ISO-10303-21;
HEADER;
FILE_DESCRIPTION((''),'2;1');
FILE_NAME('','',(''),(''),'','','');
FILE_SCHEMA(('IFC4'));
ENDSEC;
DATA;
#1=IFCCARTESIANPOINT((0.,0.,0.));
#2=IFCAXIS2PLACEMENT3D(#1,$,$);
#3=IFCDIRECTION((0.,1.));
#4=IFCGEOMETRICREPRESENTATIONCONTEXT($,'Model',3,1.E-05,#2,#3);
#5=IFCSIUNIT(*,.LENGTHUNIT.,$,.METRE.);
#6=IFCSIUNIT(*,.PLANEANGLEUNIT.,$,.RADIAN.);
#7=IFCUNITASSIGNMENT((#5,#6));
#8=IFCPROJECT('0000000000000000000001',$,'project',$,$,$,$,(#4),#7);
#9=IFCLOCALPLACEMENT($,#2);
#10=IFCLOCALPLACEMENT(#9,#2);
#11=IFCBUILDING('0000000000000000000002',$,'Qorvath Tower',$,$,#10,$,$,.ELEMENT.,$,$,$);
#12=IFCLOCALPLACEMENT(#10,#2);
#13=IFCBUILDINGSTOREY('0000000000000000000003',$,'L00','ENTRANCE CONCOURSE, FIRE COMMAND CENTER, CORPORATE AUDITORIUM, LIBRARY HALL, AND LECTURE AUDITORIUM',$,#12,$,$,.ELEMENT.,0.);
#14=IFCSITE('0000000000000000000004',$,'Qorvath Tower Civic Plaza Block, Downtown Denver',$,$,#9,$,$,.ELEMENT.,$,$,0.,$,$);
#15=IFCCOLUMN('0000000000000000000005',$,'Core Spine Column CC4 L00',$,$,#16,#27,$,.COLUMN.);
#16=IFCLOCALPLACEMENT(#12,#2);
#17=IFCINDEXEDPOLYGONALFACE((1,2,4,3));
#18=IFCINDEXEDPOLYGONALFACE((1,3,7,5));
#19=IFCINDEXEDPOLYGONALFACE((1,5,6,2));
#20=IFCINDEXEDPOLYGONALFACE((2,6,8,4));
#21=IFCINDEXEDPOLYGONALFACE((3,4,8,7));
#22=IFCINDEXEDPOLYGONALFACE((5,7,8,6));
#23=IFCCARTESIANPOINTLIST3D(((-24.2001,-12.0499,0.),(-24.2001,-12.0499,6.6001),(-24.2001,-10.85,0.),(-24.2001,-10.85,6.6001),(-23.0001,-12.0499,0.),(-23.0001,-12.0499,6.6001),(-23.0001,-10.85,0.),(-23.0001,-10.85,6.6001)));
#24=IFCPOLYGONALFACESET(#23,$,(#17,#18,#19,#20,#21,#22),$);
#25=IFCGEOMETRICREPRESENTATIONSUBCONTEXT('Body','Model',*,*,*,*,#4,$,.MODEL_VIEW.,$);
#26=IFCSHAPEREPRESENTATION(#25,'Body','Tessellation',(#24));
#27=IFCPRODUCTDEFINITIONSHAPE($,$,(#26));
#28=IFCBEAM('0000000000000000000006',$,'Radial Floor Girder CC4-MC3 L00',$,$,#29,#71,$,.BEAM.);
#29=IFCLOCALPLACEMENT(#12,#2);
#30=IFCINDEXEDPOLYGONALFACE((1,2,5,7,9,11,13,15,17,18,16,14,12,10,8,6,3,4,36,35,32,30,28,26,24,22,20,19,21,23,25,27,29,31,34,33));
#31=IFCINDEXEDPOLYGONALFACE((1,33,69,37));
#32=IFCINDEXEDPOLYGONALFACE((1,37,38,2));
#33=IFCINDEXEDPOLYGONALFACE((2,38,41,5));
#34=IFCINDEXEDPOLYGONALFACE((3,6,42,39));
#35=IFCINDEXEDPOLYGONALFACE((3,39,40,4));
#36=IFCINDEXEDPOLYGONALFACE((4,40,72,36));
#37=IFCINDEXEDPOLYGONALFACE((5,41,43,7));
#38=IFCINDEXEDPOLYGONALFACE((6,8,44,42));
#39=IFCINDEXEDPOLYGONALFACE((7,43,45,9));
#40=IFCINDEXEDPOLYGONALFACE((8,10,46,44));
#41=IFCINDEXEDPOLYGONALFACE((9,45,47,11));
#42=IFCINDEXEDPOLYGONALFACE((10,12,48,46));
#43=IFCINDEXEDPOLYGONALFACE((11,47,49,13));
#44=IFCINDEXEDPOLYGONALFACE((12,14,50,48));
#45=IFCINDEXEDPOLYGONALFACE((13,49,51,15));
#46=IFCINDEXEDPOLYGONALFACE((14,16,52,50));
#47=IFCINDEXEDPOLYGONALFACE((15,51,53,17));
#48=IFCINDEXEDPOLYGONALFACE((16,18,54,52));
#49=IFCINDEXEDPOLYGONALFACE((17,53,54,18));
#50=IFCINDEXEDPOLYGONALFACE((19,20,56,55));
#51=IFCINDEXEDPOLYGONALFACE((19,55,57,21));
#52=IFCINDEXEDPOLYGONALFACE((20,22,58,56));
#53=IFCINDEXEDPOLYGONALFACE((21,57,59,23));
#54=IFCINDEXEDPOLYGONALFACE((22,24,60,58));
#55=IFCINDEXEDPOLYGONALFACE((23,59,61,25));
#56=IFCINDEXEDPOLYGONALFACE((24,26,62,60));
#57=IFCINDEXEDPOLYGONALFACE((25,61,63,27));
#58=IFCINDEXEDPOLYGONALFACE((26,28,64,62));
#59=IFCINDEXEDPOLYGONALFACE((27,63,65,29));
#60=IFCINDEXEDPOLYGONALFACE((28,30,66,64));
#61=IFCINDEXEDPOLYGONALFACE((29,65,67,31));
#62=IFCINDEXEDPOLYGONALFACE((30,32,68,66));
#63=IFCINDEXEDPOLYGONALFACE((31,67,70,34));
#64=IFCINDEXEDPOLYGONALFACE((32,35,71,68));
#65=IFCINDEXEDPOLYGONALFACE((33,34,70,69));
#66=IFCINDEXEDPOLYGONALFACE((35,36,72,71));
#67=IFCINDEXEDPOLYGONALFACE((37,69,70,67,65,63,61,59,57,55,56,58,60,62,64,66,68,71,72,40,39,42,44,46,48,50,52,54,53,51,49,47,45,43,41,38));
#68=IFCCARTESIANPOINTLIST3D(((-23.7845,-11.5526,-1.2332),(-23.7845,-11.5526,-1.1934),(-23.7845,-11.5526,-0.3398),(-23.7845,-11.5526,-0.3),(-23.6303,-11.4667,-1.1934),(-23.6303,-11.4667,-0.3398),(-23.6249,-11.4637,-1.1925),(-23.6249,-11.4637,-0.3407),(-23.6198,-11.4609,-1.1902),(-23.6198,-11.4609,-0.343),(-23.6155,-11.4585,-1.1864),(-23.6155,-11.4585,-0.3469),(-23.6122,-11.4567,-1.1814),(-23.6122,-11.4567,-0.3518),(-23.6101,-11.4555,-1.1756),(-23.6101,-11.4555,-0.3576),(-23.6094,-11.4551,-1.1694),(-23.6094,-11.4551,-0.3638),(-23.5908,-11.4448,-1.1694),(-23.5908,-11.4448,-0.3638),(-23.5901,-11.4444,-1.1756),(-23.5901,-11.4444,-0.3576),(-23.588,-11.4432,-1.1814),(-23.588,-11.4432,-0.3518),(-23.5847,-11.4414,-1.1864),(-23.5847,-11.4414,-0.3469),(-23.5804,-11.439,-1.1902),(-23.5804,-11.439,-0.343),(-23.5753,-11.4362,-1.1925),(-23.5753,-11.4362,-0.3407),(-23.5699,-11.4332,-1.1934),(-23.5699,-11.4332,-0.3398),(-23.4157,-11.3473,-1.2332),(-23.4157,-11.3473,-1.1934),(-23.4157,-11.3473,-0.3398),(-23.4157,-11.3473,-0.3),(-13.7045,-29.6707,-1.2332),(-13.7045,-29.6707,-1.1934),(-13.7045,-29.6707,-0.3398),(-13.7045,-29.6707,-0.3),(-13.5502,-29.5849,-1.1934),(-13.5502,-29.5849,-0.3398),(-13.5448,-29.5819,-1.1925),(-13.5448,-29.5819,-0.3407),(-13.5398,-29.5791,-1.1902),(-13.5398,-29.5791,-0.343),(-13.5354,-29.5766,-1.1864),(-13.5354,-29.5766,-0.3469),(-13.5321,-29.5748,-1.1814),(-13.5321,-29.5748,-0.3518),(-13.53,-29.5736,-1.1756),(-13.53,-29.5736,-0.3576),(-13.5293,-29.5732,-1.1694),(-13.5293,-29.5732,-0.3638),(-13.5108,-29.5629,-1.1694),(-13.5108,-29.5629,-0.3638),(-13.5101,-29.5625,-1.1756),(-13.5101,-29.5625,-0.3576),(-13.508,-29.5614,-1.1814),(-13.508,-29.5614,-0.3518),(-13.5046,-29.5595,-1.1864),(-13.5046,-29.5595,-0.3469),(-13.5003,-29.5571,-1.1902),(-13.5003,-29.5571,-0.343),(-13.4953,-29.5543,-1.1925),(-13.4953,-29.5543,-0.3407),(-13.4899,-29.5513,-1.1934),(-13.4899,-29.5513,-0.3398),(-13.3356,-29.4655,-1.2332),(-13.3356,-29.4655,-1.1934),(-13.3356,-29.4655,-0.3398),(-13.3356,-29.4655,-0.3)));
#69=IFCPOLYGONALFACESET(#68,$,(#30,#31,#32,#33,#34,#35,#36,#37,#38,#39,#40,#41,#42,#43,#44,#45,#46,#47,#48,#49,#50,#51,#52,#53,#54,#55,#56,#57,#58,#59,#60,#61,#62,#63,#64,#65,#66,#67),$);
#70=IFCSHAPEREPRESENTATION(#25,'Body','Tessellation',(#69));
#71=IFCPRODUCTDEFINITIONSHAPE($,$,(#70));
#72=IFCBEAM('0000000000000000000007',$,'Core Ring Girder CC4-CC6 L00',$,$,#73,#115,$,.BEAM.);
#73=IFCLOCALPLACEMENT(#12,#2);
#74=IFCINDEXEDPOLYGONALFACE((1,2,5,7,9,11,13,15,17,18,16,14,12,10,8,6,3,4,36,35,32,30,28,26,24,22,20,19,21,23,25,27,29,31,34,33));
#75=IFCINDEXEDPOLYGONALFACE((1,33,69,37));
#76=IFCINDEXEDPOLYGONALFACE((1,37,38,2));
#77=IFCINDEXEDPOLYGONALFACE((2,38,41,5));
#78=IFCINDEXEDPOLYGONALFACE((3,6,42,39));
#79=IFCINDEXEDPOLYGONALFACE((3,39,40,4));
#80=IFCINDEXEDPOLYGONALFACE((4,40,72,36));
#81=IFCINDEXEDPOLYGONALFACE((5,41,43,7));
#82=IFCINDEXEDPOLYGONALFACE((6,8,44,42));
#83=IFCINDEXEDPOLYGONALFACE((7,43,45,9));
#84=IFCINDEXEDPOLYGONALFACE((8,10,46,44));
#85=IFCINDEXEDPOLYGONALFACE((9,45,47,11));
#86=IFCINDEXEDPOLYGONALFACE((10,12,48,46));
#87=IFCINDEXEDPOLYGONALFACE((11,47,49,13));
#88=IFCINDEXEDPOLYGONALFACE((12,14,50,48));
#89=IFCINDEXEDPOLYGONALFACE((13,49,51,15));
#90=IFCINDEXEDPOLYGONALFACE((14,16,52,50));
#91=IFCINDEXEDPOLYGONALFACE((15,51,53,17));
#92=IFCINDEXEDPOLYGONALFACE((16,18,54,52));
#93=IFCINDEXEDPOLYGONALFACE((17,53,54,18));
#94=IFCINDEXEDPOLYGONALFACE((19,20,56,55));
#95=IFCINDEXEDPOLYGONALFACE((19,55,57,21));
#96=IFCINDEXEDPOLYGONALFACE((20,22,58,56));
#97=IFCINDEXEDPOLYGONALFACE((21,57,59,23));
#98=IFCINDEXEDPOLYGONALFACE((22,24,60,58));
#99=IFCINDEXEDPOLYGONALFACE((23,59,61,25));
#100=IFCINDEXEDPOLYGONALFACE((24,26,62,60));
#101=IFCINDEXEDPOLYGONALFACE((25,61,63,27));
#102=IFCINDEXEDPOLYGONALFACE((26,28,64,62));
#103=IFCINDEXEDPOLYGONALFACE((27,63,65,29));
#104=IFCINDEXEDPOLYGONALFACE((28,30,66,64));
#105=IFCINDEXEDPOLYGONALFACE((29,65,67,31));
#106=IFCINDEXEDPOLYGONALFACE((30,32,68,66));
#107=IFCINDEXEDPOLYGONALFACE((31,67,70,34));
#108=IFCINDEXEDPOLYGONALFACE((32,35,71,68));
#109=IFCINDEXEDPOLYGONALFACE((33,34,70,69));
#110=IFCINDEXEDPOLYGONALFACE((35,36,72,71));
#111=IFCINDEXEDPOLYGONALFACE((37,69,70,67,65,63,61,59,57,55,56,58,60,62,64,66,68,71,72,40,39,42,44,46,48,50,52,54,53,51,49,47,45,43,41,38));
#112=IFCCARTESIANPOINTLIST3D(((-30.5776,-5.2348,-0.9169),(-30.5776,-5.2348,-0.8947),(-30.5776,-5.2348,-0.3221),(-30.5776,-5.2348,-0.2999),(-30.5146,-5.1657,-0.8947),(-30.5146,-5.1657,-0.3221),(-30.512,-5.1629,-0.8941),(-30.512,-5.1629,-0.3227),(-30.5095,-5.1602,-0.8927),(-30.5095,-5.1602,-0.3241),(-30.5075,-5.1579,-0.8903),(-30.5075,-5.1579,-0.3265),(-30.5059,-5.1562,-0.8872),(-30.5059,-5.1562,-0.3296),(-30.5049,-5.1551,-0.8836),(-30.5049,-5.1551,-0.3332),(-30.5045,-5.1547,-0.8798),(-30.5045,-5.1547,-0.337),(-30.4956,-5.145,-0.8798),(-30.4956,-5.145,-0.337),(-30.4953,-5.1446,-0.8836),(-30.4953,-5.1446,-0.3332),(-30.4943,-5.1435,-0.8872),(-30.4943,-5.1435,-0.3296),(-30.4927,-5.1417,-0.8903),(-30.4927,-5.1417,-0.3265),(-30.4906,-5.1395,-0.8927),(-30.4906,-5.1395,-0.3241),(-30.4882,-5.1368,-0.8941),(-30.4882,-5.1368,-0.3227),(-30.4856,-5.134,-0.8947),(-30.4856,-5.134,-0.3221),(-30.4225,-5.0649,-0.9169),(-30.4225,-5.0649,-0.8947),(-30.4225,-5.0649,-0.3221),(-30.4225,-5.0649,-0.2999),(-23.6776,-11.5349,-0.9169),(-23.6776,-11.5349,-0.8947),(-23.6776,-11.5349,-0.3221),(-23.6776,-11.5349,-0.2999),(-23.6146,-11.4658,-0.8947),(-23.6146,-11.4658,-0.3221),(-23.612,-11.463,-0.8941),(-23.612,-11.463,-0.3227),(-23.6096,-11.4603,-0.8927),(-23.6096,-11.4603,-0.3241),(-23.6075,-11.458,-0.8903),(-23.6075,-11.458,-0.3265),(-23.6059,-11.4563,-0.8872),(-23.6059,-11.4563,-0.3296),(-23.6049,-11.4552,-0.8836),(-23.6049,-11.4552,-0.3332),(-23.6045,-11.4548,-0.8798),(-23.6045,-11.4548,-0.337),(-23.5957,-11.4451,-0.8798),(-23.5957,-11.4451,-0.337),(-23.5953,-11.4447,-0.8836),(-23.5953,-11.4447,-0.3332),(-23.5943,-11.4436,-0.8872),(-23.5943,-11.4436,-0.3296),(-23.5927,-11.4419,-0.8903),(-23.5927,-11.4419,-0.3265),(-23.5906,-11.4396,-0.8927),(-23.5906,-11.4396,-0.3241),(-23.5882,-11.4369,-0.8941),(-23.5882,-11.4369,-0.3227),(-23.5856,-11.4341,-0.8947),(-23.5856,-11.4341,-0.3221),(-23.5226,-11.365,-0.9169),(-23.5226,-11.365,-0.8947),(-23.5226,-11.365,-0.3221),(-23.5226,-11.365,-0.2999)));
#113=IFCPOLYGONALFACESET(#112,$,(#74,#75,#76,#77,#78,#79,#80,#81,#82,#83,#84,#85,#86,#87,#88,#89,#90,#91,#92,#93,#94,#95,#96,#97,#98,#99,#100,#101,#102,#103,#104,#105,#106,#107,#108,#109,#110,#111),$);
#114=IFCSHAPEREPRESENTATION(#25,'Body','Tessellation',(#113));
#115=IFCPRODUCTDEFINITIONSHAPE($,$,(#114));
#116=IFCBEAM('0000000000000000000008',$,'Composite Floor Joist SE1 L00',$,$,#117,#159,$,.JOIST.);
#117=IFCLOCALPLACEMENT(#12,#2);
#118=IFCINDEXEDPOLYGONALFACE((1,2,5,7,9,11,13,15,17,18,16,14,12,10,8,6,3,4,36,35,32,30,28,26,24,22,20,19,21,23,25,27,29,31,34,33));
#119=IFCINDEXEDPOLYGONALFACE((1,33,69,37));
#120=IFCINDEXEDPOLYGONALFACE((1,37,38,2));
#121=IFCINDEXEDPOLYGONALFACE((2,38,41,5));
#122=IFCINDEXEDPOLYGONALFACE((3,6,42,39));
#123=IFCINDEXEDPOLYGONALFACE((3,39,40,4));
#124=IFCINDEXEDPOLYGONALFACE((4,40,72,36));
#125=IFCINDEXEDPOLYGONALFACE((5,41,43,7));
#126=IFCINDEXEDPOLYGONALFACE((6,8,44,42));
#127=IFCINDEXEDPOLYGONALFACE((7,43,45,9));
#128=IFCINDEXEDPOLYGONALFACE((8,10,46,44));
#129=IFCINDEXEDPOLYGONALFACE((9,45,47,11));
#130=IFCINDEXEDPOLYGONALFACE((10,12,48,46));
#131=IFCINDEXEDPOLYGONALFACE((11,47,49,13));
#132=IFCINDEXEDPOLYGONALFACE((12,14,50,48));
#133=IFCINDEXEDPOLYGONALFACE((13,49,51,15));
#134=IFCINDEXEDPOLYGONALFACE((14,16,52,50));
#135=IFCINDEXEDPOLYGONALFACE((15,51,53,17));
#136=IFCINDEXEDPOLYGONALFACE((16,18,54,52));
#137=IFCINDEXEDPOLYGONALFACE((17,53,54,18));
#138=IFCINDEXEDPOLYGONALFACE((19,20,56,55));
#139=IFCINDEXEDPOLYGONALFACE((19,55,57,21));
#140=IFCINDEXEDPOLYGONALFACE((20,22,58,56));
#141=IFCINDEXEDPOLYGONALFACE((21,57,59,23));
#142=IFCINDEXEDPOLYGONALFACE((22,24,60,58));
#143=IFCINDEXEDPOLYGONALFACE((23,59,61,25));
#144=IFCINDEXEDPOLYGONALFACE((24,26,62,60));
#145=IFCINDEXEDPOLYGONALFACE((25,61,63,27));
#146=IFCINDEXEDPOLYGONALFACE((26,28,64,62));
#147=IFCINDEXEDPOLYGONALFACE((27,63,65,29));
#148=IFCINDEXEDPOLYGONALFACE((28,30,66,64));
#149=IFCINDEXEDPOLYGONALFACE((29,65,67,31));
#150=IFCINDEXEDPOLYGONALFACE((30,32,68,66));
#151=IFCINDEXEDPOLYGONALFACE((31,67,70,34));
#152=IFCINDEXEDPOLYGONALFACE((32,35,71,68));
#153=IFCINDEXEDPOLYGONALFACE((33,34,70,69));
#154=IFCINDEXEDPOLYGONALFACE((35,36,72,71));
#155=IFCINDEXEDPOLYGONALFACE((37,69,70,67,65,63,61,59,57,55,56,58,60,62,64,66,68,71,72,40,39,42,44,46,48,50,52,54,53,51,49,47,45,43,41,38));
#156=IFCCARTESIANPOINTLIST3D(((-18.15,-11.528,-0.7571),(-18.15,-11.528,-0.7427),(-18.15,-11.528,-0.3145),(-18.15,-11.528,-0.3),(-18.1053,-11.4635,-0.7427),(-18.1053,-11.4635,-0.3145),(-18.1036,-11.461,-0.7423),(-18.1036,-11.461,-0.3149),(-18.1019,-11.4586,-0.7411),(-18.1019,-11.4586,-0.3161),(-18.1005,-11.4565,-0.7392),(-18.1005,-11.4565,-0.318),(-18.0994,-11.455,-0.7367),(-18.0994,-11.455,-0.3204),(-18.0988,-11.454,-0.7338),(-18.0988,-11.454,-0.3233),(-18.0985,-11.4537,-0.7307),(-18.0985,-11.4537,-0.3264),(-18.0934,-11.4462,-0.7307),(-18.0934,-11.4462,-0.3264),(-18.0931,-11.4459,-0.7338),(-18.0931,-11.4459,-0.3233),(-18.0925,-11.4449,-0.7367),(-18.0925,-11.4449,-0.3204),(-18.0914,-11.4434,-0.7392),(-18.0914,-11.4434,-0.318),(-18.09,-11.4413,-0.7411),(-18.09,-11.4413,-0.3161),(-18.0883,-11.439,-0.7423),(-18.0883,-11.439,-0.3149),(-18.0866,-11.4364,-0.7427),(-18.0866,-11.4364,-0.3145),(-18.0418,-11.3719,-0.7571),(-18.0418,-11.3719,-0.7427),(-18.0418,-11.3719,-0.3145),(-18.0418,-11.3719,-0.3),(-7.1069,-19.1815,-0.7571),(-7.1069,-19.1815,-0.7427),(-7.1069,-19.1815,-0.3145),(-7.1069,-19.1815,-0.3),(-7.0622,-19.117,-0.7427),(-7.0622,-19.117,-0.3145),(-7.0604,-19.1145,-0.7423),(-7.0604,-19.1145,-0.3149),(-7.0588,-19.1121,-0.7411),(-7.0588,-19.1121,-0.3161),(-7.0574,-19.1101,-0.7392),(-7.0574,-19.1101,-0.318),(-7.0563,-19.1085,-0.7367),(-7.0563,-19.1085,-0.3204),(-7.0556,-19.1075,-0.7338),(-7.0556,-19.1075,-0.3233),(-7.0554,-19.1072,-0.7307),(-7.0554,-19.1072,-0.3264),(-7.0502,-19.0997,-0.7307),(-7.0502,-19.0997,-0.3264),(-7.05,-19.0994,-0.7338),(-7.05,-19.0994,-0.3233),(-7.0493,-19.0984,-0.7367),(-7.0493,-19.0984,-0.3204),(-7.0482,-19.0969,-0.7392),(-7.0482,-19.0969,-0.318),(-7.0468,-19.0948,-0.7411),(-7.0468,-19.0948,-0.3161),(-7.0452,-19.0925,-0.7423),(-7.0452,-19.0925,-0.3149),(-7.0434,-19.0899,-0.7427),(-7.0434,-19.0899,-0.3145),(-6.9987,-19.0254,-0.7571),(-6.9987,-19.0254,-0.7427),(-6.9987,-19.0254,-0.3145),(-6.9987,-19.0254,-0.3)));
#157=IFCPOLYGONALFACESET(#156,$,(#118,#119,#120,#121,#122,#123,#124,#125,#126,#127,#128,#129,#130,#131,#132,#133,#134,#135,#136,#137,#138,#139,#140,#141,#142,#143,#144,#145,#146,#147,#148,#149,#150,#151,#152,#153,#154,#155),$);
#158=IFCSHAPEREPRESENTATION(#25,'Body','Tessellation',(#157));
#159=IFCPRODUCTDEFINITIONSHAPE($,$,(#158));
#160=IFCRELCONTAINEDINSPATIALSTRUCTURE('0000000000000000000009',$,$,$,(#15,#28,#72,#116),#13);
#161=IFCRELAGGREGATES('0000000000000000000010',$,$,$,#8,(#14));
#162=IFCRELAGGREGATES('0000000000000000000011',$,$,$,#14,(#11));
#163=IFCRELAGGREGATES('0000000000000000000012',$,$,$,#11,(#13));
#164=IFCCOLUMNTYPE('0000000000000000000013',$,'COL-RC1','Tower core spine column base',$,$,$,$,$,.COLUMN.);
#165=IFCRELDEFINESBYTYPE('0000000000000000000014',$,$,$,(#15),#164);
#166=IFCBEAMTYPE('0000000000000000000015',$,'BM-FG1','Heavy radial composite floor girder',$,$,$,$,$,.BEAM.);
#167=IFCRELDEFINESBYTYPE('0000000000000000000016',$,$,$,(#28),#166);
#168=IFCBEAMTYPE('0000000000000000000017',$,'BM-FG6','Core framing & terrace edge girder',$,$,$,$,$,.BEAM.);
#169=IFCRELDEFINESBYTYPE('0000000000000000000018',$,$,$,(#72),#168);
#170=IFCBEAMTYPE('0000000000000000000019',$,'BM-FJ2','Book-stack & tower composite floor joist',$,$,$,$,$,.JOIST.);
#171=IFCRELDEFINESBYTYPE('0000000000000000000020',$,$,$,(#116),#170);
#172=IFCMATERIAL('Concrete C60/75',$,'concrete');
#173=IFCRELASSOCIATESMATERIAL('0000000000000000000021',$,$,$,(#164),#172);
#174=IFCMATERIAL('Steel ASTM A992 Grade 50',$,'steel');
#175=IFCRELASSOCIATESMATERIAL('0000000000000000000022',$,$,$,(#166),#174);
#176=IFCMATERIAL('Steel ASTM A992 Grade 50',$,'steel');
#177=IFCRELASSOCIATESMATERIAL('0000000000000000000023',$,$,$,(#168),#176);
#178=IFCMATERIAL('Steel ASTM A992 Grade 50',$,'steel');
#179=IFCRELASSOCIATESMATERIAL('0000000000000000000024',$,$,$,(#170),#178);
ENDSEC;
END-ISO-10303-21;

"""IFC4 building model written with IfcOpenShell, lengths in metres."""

from ifc_helpers import new_model, si_unit, direction, frame, origin, origin_2d, place, context, subcontext, project, spatial, rectangle, i_section, extrude, material, material_profile, profile_set, type_object, element, save


model = new_model("IFC4")

# Units and contexts
model_context = context("Model", 3, precision=1e-05, world=origin(), true_north=direction((0.0, 1.0)))
body_context = subcontext(model_context, "Body", "Model", "MODEL_VIEW")
ifc_project = project(units=[si_unit("LENGTHUNIT", "METRE"), si_unit("PLANEANGLEUNIT", "RADIAN")], contexts=[model_context])

# Site, building, storey
site_placement = place(None, origin())
site = spatial("IfcSite", under=ifc_project, at=site_placement, Name="Qorvath Tower Civic Plaza Block, Downtown Denver", CompositionType="ELEMENT", RefElevation=0.0)
building_placement = place(site_placement, origin())
building = spatial("IfcBuilding", under=site, at=building_placement, Name="Qorvath Tower", CompositionType="ELEMENT")
storey_placement = place(building_placement, origin())
storey = spatial("IfcBuildingStorey", under=building, at=storey_placement, Name="L00", Description="ENTRANCE CONCOURSE, FIRE COMMAND CENTER, CORPORATE AUDITORIUM, LIBRARY HALL, AND LECTURE AUDITORIUM", CompositionType="ELEMENT", Elevation=0.0)

# Column
ifc_material_1 = material(Name="Concrete C60/75", Category="concrete")
ifc_material_profile_1 = material_profile(ifc_material_1, rectangle(XDim=1.2, YDim=1.2, at=origin_2d()), Name="RC 1200x1200")
ifc_profile_set_1 = profile_set([ifc_material_profile_1], Name="Concrete C60/75")
column_type = type_object("IfcColumnType", Name="COL-RC1", Description="Tower core spine column base", PredefinedType="COLUMN", material=ifc_profile_set_1)
column_placement = place(storey_placement, frame((-23.6001, -11.45, 0.0), z_axis=(0.0, 0.0, 1.0), x_axis=(1.0, 0.0, 0.0)))
element("IfcColumn", 1, at=column_placement, inside=storey, type_object=column_type, Name="Core Spine Column CC4 L00", PredefinedType="COLUMN", context=body_context, shape_type="SweptSolid", body=[
    extrude(rectangle(XDim=1.2, YDim=1.2, at=origin_2d()), origin(), (0.0, 0.0, 1.0), 6.6001),
])

# Beams
ifc_material_2 = material(Name="Steel ASTM A992 Grade 50", Category="steel")
ifc_material_profile_2 = material_profile(ifc_material_2, i_section(OverallWidth=0.4221, OverallDepth=0.9331, WebThickness=0.0212, FlangeThickness=0.0398, FilletRadius=0.0239, at=origin_2d()), Name="W36x262")
ifc_profile_set_2 = profile_set([ifc_material_profile_2], Name="Steel ASTM A992 Grade 50")
beam_type_1 = type_object("IfcBeamType", Name="BM-FG1", Description="Heavy radial composite floor girder", PredefinedType="BEAM", material=ifc_profile_set_2)
beam_1_placement = place(storey_placement, frame((-23.6001, -11.45, -0.7666), z_axis=(0.486175, -0.873862, 0.0), x_axis=(0.873862, 0.486175, 0.0)))
element("IfcBeam", 2, at=beam_1_placement, inside=storey, type_object=beam_type_1, Name="Radial Floor Girder CC4-MC3 L00", PredefinedType="BEAM", context=body_context, shape_type="SweptSolid", body=[
    extrude(i_section(OverallWidth=0.4221, OverallDepth=0.9331, WebThickness=0.0212, FlangeThickness=0.0398, FilletRadius=0.0239, at=origin_2d()), origin(), (0.0, 0.0, 1.0), 20.7334),
])
ifc_material_3 = material(Name="Steel ASTM A992 Grade 50", Category="steel")
ifc_material_profile_3 = material_profile(ifc_material_3, i_section(OverallWidth=0.23, OverallDepth=0.6169, WebThickness=0.0132, FlangeThickness=0.0222, FilletRadius=0.0149, at=origin_2d()), Name="W24x94")
ifc_profile_set_3 = profile_set([ifc_material_profile_3], Name="Steel ASTM A992 Grade 50")
beam_type_2 = type_object("IfcBeamType", Name="BM-FG6", Description="Core framing & terrace edge girder", PredefinedType="BEAM", material=ifc_profile_set_3)
beam_2_placement = place(storey_placement, frame((-23.6001, -11.45, -0.6084), z_axis=(-0.738478, 0.674277, 0.0), x_axis=(-0.674277, -0.738478, 0.0)))
element("IfcBeam", 3, at=beam_2_placement, inside=storey, type_object=beam_type_2, Name="Core Ring Girder CC4-CC6 L00", PredefinedType="BEAM", context=body_context, shape_type="SweptSolid", body=[
    extrude(i_section(OverallWidth=0.23, OverallDepth=0.6169, WebThickness=0.0132, FlangeThickness=0.0222, FilletRadius=0.0149, at=origin_2d()), origin(), (0.0, 0.0, 1.0), 9.3435),
])
ifc_material_4 = material(Name="Steel ASTM A992 Grade 50", Category="steel")
ifc_material_profile_4 = material_profile(ifc_material_4, i_section(OverallWidth=0.1899, OverallDepth=0.457, WebThickness=0.009, FlangeThickness=0.0144, FilletRadius=0.012, at=origin_2d()), Name="W18x50")
ifc_profile_set_4 = profile_set([ifc_material_profile_4], Name="Steel ASTM A992 Grade 50")
beam_type_3 = type_object("IfcBeamType", Name="BM-FJ2", Description="Book-stack & tower composite floor joist", PredefinedType="JOIST", material=ifc_profile_set_4)
beam_3_placement = place(storey_placement, frame((-18.0959, -11.45, -0.5286), z_axis=(0.821904, -0.569626, 0.0), x_axis=(0.569626, 0.821904, 0.0)))
element("IfcBeam", 4, at=beam_3_placement, inside=storey, type_object=beam_type_3, Name="Composite Floor Joist SE1 L00", PredefinedType="JOIST", context=body_context, shape_type="SweptSolid", body=[
    extrude(i_section(OverallWidth=0.1899, OverallDepth=0.457, WebThickness=0.009, FlangeThickness=0.0144, FilletRadius=0.012, at=origin_2d()), origin(), (0.0, 0.0, 1.0), 13.436),
])

save(model, "model.ifc")
